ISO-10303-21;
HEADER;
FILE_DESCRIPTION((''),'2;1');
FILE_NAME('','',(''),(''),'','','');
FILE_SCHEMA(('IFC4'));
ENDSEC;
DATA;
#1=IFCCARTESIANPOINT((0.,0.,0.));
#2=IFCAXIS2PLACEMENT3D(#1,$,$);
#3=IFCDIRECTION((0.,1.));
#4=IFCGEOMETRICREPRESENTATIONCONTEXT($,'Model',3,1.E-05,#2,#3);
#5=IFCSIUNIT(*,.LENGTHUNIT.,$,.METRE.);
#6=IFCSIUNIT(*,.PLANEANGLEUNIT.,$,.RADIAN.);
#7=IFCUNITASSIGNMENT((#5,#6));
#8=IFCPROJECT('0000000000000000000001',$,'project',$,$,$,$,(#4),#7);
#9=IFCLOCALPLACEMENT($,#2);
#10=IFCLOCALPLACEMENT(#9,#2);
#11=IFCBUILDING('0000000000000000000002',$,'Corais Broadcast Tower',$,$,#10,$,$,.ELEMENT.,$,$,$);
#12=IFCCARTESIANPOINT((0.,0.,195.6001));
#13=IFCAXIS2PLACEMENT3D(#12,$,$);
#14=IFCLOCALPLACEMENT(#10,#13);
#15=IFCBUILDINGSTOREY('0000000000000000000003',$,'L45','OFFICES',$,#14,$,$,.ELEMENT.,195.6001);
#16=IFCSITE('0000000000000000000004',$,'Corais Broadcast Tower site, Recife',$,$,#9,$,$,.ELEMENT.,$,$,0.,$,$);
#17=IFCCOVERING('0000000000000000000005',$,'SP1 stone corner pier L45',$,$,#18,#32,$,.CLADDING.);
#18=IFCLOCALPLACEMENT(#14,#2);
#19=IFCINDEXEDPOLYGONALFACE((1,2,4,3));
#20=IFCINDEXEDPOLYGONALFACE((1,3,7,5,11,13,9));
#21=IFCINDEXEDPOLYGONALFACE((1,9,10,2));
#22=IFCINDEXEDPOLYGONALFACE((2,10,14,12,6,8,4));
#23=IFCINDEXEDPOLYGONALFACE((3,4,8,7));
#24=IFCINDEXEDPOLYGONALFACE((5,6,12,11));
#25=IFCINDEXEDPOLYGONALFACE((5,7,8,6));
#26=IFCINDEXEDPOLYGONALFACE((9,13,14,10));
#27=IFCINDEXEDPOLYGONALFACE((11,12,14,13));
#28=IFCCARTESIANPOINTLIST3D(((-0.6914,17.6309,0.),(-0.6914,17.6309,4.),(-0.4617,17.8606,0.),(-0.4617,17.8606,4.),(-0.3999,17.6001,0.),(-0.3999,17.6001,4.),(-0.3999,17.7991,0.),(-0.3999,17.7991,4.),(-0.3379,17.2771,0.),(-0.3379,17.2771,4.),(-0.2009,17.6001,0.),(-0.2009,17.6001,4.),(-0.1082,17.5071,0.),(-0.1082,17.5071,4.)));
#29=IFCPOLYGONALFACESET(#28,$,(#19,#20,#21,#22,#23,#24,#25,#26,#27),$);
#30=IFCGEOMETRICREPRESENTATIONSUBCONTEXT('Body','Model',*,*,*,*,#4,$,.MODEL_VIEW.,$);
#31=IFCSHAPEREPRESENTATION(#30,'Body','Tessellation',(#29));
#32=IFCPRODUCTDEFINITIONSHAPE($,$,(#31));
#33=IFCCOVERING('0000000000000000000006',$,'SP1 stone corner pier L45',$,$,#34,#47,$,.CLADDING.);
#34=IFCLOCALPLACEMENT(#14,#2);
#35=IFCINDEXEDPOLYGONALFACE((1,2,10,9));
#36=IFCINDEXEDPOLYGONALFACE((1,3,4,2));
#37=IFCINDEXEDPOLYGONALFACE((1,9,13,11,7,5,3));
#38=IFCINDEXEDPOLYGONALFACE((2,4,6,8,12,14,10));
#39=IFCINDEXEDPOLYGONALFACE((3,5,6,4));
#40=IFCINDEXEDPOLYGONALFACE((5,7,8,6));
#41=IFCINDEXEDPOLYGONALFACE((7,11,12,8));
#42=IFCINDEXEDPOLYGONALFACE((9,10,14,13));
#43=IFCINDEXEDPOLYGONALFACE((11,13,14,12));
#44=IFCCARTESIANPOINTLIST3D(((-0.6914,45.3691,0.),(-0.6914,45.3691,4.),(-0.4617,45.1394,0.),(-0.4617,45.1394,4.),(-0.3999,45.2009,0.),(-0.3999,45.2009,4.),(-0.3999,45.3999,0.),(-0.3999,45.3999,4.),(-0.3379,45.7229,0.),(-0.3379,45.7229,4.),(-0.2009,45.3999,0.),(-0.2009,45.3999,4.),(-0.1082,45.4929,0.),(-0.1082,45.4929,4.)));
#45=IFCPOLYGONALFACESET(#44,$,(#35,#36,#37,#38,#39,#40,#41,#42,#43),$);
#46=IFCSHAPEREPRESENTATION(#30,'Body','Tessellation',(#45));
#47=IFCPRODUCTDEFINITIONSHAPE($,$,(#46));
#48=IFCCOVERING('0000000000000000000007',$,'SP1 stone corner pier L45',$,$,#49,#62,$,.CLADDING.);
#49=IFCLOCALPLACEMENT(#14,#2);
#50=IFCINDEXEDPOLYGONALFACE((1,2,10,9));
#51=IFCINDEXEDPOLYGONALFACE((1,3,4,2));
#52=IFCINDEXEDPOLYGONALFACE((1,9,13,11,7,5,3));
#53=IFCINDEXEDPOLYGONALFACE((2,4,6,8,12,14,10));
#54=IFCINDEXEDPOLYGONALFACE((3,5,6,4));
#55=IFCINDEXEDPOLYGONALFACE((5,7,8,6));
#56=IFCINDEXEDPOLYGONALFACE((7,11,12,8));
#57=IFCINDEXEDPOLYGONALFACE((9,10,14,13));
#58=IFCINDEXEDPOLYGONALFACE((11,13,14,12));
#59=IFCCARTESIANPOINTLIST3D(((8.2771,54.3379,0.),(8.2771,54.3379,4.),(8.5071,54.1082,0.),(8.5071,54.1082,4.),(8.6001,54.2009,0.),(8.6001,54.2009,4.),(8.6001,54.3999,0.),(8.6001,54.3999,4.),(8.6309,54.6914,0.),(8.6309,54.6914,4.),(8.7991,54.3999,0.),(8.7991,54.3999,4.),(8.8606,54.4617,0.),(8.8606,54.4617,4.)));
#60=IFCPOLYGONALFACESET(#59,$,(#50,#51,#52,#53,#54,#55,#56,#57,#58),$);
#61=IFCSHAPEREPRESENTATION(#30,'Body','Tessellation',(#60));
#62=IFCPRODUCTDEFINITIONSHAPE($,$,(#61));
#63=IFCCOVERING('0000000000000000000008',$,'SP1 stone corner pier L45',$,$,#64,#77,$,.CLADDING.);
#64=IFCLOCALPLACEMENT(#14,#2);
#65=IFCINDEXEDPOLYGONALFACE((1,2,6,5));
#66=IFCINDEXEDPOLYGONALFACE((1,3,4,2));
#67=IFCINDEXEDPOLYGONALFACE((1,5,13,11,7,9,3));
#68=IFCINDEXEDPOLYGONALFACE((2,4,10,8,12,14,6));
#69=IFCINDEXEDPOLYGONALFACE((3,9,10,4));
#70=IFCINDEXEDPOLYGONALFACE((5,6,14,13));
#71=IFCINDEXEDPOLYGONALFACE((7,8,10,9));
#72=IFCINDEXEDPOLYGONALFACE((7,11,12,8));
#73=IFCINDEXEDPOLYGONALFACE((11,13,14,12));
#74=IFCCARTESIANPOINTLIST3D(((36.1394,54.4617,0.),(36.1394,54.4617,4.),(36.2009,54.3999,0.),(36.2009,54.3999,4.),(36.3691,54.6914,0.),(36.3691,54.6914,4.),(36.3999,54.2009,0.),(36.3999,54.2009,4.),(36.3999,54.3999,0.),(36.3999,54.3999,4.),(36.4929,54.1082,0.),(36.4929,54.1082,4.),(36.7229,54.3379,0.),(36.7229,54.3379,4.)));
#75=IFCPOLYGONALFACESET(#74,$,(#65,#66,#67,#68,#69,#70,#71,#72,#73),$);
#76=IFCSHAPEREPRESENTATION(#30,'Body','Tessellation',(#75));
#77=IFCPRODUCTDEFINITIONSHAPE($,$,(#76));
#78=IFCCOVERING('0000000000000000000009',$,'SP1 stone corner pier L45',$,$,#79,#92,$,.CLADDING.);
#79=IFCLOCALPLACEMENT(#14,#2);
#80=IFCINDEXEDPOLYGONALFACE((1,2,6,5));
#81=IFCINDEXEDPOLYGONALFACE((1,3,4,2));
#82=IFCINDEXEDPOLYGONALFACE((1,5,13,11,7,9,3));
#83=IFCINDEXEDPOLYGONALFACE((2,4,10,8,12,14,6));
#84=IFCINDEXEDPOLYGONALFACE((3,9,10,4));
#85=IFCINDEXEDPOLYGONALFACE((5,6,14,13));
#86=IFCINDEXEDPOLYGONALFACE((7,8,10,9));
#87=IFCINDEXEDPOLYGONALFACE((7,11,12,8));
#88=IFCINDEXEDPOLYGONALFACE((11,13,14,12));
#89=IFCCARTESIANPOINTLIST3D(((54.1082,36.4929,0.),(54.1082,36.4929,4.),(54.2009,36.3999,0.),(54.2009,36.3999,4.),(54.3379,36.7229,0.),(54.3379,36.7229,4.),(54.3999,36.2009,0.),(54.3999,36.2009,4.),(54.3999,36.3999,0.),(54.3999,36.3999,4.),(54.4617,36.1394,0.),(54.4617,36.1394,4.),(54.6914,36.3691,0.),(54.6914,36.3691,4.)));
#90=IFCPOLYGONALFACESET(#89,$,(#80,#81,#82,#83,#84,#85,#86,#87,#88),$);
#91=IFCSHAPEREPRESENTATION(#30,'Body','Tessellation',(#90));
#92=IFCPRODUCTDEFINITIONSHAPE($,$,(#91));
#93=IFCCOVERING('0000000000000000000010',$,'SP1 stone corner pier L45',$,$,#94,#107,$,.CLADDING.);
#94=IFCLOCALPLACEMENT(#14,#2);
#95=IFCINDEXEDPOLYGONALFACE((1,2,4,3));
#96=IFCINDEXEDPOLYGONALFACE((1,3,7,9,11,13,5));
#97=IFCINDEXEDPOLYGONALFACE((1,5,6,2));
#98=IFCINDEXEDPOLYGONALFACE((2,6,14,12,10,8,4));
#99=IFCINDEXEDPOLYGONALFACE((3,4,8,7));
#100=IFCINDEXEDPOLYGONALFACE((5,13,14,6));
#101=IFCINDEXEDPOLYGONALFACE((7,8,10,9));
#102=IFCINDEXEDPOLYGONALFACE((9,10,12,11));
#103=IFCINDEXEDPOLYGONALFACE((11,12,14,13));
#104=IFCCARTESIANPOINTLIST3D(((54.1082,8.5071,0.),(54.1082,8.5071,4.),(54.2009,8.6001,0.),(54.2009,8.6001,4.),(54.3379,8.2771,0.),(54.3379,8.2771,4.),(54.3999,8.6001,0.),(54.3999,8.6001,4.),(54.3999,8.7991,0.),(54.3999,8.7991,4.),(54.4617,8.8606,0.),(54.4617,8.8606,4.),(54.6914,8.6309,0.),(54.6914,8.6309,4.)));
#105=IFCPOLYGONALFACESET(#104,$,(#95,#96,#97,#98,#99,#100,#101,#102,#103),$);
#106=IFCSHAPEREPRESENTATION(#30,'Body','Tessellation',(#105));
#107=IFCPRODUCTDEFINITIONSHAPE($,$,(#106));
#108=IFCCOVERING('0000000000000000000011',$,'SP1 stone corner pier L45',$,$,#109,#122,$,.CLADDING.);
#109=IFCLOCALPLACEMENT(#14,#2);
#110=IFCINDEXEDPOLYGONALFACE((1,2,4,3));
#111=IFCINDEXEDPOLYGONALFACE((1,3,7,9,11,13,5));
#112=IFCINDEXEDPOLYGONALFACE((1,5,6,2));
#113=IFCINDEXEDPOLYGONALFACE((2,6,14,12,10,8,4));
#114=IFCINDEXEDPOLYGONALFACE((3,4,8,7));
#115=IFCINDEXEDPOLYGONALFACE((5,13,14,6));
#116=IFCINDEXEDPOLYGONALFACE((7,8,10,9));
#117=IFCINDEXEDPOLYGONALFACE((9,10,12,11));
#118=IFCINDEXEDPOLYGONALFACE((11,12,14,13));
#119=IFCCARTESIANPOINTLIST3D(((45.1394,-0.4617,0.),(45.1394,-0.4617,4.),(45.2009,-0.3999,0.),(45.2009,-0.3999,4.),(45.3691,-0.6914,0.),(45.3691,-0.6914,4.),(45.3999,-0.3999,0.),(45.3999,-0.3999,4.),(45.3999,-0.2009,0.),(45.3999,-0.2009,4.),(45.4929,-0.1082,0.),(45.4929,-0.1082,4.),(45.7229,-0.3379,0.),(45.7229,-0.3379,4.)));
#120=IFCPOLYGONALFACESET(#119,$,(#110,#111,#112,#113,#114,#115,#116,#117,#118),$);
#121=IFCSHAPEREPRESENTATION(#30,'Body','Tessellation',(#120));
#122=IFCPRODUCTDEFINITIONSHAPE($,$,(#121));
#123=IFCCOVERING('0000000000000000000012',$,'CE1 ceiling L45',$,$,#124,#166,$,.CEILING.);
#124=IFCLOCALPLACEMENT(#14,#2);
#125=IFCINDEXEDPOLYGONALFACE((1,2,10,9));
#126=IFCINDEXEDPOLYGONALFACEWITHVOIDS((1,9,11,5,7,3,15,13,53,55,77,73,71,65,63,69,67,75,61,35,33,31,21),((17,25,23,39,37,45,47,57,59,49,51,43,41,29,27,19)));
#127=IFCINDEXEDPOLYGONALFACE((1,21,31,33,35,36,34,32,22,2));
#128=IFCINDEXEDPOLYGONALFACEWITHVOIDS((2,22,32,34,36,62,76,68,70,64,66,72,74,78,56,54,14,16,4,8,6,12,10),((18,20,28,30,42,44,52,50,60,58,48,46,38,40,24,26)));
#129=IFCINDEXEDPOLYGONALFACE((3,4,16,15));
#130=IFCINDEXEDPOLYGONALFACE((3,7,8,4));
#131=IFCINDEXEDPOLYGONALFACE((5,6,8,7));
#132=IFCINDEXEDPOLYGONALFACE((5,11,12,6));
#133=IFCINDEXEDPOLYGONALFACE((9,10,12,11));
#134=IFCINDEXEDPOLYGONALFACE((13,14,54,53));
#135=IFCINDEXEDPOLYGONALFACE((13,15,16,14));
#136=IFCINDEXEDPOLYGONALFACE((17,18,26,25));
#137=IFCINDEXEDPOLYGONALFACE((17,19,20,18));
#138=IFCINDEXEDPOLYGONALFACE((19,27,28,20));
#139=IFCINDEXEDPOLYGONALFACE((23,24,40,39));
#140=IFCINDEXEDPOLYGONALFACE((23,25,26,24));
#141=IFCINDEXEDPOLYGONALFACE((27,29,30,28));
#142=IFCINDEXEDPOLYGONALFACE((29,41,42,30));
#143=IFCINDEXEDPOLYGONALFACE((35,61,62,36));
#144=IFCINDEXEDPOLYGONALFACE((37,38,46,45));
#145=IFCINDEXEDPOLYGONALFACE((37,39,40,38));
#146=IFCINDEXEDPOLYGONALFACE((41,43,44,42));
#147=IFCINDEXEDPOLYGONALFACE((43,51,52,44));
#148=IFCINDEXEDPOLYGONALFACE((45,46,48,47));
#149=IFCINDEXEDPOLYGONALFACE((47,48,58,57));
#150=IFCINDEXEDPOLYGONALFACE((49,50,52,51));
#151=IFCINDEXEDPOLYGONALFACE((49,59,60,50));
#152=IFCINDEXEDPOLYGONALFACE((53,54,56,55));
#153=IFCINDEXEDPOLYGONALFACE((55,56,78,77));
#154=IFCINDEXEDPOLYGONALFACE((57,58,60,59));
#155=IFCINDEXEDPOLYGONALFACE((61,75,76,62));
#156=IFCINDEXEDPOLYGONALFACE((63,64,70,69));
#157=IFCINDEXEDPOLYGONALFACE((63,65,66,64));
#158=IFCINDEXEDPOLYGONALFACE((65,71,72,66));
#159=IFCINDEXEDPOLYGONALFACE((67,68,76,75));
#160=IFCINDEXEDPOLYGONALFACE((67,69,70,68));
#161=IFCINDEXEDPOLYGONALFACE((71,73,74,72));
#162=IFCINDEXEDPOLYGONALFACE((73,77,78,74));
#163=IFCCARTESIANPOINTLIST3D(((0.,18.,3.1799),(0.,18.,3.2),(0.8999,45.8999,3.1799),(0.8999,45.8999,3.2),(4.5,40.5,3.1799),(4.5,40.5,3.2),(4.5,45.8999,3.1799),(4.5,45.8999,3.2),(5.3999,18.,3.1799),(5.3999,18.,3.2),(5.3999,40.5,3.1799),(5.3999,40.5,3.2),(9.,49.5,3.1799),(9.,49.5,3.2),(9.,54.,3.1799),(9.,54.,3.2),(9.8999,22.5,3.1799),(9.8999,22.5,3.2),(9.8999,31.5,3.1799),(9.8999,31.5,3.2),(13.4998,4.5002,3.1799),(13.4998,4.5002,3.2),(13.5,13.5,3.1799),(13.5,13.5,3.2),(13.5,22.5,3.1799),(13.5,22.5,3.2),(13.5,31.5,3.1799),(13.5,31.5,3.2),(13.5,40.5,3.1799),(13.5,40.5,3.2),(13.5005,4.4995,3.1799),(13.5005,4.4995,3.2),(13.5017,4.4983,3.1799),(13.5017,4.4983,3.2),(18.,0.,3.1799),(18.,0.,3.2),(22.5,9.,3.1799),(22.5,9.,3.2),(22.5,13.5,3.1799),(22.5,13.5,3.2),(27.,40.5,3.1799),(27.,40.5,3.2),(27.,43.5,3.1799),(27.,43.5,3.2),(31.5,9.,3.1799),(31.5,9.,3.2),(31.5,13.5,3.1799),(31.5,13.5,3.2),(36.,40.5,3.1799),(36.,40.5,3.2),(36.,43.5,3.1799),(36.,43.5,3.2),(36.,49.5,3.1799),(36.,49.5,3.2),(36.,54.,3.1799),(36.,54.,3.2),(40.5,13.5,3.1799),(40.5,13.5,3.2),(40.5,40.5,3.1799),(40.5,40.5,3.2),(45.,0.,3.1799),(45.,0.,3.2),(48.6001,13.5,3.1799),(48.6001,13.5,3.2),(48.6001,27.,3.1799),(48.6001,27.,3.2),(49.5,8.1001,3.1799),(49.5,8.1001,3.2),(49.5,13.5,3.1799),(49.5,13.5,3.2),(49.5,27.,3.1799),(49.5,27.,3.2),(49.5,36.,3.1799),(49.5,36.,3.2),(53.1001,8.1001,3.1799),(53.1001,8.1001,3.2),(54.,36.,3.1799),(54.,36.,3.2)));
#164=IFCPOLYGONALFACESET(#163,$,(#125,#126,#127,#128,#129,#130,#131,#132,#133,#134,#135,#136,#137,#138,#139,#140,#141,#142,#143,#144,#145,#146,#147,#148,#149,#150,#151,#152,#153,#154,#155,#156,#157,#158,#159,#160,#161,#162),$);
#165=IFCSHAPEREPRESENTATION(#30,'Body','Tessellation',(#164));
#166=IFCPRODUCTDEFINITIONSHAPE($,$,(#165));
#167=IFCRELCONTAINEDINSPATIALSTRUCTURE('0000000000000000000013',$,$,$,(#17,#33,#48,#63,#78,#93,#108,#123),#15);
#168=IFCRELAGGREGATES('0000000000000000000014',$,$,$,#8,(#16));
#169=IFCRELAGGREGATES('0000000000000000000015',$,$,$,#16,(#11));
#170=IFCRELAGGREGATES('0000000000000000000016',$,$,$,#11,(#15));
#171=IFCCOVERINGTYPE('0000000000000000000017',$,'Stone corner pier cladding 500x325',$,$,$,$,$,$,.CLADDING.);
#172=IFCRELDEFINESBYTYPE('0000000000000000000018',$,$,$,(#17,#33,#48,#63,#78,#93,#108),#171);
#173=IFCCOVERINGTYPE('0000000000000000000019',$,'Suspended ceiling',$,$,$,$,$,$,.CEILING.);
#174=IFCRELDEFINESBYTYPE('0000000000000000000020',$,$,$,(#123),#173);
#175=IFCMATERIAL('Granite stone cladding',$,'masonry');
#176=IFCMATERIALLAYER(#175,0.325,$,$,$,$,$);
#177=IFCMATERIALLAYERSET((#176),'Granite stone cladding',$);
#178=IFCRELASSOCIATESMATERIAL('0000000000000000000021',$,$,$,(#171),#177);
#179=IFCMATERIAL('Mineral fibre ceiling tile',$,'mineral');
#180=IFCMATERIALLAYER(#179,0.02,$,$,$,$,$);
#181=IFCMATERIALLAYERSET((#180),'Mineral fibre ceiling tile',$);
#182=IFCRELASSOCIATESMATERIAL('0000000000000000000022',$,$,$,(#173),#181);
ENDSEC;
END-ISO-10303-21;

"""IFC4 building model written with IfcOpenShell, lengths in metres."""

from ifc_helpers import new_model, si_unit, direction, frame, origin, place, context, subcontext, project, spatial, polyline, outline, extrude, material, layer, layer_set, type_object, element, save


model = new_model("IFC4")

# Units and contexts
model_context = context("Model", 3, precision=1e-05, world=origin(), true_north=direction((0.0, 1.0)))
body_context = subcontext(model_context, "Body", "Model", "MODEL_VIEW")
ifc_project = project(units=[si_unit("LENGTHUNIT", "METRE"), si_unit("PLANEANGLEUNIT", "RADIAN")], contexts=[model_context])

# Site, building, storey
site_placement = place(None, origin())
site = spatial("IfcSite", under=ifc_project, at=site_placement, Name="Corais Broadcast Tower site, Recife", CompositionType="ELEMENT", RefElevation=0.0)
building_placement = place(site_placement, origin())
building = spatial("IfcBuilding", under=site, at=building_placement, Name="Corais Broadcast Tower", CompositionType="ELEMENT")
storey_placement = place(building_placement, frame((0.0, 0.0, 195.6001)))
storey = spatial("IfcBuildingStorey", under=building, at=storey_placement, Name="L45", Description="OFFICES", CompositionType="ELEMENT", Elevation=195.6001)

# Coverings
ifc_material_1 = material(Name="Granite stone cladding", Category="masonry")
ifc_layer_1 = layer(ifc_material_1, 0.325)
ifc_layer_set_1 = layer_set([ifc_layer_1], Name="Granite stone cladding")
covering_type_1 = type_object("IfcCoveringType", Name="Stone corner pier cladding 500x325", PredefinedType="CLADDING", material=ifc_layer_set_1)
covering_1_placement = place(storey_placement, origin())
element("IfcCovering", 1, at=covering_1_placement, inside=storey, type_object=covering_type_1, Name="SP1 stone corner pier L45", PredefinedType="CLADDING", context=body_context, shape_type="SweptSolid", body=[
    extrude(outline(polyline([(-0.3999, 17.7991), (-0.4617, 17.8606), (-0.6914, 17.6309), (-0.3379, 17.2771), (-0.1082, 17.5071), (-0.2009, 17.6001), (-0.3999, 17.6001), (-0.3999, 17.7991)])), origin(), (0.0, 0.0, 1.0), 4.0),
])
covering_2_placement = place(storey_placement, origin())
element("IfcCovering", 2, at=covering_2_placement, inside=storey, type_object=covering_type_1, Name="SP1 stone corner pier L45", PredefinedType="CLADDING", context=body_context, shape_type="SweptSolid", body=[
    extrude(outline(polyline([(-0.4617, 45.1394), (-0.3999, 45.2009), (-0.3999, 45.3999), (-0.2009, 45.3999), (-0.1082, 45.4929), (-0.3379, 45.7229), (-0.6914, 45.3691), (-0.4617, 45.1394)])), origin(), (0.0, 0.0, 1.0), 4.0),
])
covering_3_placement = place(storey_placement, origin())
element("IfcCovering", 3, at=covering_3_placement, inside=storey, type_object=covering_type_1, Name="SP1 stone corner pier L45", PredefinedType="CLADDING", context=body_context, shape_type="SweptSolid", body=[
    extrude(outline(polyline([(8.7991, 54.3999), (8.8606, 54.4617), (8.6309, 54.6914), (8.2771, 54.3379), (8.5071, 54.1082), (8.6001, 54.2009), (8.6001, 54.3999), (8.7991, 54.3999)])), origin(), (0.0, 0.0, 1.0), 4.0),
])
covering_4_placement = place(storey_placement, origin())
element("IfcCovering", 4, at=covering_4_placement, inside=storey, type_object=covering_type_1, Name="SP1 stone corner pier L45", PredefinedType="CLADDING", context=body_context, shape_type="SweptSolid", body=[
    extrude(outline(polyline([(36.1394, 54.4617), (36.2009, 54.3999), (36.3999, 54.3999), (36.3999, 54.2009), (36.4929, 54.1082), (36.7229, 54.3379), (36.3691, 54.6914), (36.1394, 54.4617)])), origin(), (0.0, 0.0, 1.0), 4.0),
])
covering_5_placement = place(storey_placement, origin())
element("IfcCovering", 5, at=covering_5_placement, inside=storey, type_object=covering_type_1, Name="SP1 stone corner pier L45", PredefinedType="CLADDING", context=body_context, shape_type="SweptSolid", body=[
    extrude(outline(polyline([(54.3999, 36.2009), (54.4617, 36.1394), (54.6914, 36.3691), (54.3379, 36.7229), (54.1082, 36.4929), (54.2009, 36.3999), (54.3999, 36.3999), (54.3999, 36.2009)])), origin(), (0.0, 0.0, 1.0), 4.0),
])
covering_6_placement = place(storey_placement, origin())
element("IfcCovering", 6, at=covering_6_placement, inside=storey, type_object=covering_type_1, Name="SP1 stone corner pier L45", PredefinedType="CLADDING", context=body_context, shape_type="SweptSolid", body=[
    extrude(outline(polyline([(54.4617, 8.8606), (54.3999, 8.7991), (54.3999, 8.6001), (54.2009, 8.6001), (54.1082, 8.5071), (54.3379, 8.2771), (54.6914, 8.6309), (54.4617, 8.8606)])), origin(), (0.0, 0.0, 1.0), 4.0),
])
covering_7_placement = place(storey_placement, origin())
element("IfcCovering", 7, at=covering_7_placement, inside=storey, type_object=covering_type_1, Name="SP1 stone corner pier L45", PredefinedType="CLADDING", context=body_context, shape_type="SweptSolid", body=[
    extrude(outline(polyline([(45.2009, -0.3999), (45.1394, -0.4617), (45.3691, -0.6914), (45.7229, -0.3379), (45.4929, -0.1082), (45.3999, -0.2009), (45.3999, -0.3999), (45.2009, -0.3999)])), origin(), (0.0, 0.0, 1.0), 4.0),
])
ifc_material_2 = material(Name="Mineral fibre ceiling tile", Category="mineral")
ifc_layer_2 = layer(ifc_material_2, 0.02)
ifc_layer_set_2 = layer_set([ifc_layer_2], Name="Mineral fibre ceiling tile")
covering_type_2 = type_object("IfcCoveringType", Name="Suspended ceiling", PredefinedType="CEILING", material=ifc_layer_set_2)
covering_8_placement = place(storey_placement, frame((0.0, 0.0, 3.1799)))
element("IfcCovering", 8, at=covering_8_placement, inside=storey, type_object=covering_type_2, Name="CE1 ceiling L45", PredefinedType="CEILING", context=body_context, shape_type="SweptSolid", body=[
    extrude(outline(polyline([(49.5, 27.0), (48.6001, 27.0), (48.6001, 13.5), (49.5, 13.5), (49.5, 8.1001), (53.1001, 8.1001), (45.0, 0.0), (18.0, 0.0), (13.5017, 4.4983), (13.5005, 4.4995), (13.4998, 4.5002), (0.0, 18.0), (5.3999, 18.0), (5.3999, 40.5), (4.5, 40.5), (4.5, 45.8999), (0.8999, 45.8999), (9.0, 54.0), (9.0, 49.5), (36.0, 49.5), (36.0, 54.0), (54.0, 36.0), (49.5, 36.0), (49.5, 27.0)]), holes=[polyline([(13.5, 40.5), (13.5, 31.5), (9.8999, 31.5), (9.8999, 22.5), (13.5, 22.5), (13.5, 13.5), (22.5, 13.5), (22.5, 9.0), (31.5, 9.0), (31.5, 13.5), (40.5, 13.5), (40.5, 40.5), (36.0, 40.5), (36.0, 43.5), (27.0, 43.5), (27.0, 40.5), (13.5, 40.5)])]), origin(), (0.0, 0.0, 1.0), 0.02),
])

save(model, "model.ifc")
